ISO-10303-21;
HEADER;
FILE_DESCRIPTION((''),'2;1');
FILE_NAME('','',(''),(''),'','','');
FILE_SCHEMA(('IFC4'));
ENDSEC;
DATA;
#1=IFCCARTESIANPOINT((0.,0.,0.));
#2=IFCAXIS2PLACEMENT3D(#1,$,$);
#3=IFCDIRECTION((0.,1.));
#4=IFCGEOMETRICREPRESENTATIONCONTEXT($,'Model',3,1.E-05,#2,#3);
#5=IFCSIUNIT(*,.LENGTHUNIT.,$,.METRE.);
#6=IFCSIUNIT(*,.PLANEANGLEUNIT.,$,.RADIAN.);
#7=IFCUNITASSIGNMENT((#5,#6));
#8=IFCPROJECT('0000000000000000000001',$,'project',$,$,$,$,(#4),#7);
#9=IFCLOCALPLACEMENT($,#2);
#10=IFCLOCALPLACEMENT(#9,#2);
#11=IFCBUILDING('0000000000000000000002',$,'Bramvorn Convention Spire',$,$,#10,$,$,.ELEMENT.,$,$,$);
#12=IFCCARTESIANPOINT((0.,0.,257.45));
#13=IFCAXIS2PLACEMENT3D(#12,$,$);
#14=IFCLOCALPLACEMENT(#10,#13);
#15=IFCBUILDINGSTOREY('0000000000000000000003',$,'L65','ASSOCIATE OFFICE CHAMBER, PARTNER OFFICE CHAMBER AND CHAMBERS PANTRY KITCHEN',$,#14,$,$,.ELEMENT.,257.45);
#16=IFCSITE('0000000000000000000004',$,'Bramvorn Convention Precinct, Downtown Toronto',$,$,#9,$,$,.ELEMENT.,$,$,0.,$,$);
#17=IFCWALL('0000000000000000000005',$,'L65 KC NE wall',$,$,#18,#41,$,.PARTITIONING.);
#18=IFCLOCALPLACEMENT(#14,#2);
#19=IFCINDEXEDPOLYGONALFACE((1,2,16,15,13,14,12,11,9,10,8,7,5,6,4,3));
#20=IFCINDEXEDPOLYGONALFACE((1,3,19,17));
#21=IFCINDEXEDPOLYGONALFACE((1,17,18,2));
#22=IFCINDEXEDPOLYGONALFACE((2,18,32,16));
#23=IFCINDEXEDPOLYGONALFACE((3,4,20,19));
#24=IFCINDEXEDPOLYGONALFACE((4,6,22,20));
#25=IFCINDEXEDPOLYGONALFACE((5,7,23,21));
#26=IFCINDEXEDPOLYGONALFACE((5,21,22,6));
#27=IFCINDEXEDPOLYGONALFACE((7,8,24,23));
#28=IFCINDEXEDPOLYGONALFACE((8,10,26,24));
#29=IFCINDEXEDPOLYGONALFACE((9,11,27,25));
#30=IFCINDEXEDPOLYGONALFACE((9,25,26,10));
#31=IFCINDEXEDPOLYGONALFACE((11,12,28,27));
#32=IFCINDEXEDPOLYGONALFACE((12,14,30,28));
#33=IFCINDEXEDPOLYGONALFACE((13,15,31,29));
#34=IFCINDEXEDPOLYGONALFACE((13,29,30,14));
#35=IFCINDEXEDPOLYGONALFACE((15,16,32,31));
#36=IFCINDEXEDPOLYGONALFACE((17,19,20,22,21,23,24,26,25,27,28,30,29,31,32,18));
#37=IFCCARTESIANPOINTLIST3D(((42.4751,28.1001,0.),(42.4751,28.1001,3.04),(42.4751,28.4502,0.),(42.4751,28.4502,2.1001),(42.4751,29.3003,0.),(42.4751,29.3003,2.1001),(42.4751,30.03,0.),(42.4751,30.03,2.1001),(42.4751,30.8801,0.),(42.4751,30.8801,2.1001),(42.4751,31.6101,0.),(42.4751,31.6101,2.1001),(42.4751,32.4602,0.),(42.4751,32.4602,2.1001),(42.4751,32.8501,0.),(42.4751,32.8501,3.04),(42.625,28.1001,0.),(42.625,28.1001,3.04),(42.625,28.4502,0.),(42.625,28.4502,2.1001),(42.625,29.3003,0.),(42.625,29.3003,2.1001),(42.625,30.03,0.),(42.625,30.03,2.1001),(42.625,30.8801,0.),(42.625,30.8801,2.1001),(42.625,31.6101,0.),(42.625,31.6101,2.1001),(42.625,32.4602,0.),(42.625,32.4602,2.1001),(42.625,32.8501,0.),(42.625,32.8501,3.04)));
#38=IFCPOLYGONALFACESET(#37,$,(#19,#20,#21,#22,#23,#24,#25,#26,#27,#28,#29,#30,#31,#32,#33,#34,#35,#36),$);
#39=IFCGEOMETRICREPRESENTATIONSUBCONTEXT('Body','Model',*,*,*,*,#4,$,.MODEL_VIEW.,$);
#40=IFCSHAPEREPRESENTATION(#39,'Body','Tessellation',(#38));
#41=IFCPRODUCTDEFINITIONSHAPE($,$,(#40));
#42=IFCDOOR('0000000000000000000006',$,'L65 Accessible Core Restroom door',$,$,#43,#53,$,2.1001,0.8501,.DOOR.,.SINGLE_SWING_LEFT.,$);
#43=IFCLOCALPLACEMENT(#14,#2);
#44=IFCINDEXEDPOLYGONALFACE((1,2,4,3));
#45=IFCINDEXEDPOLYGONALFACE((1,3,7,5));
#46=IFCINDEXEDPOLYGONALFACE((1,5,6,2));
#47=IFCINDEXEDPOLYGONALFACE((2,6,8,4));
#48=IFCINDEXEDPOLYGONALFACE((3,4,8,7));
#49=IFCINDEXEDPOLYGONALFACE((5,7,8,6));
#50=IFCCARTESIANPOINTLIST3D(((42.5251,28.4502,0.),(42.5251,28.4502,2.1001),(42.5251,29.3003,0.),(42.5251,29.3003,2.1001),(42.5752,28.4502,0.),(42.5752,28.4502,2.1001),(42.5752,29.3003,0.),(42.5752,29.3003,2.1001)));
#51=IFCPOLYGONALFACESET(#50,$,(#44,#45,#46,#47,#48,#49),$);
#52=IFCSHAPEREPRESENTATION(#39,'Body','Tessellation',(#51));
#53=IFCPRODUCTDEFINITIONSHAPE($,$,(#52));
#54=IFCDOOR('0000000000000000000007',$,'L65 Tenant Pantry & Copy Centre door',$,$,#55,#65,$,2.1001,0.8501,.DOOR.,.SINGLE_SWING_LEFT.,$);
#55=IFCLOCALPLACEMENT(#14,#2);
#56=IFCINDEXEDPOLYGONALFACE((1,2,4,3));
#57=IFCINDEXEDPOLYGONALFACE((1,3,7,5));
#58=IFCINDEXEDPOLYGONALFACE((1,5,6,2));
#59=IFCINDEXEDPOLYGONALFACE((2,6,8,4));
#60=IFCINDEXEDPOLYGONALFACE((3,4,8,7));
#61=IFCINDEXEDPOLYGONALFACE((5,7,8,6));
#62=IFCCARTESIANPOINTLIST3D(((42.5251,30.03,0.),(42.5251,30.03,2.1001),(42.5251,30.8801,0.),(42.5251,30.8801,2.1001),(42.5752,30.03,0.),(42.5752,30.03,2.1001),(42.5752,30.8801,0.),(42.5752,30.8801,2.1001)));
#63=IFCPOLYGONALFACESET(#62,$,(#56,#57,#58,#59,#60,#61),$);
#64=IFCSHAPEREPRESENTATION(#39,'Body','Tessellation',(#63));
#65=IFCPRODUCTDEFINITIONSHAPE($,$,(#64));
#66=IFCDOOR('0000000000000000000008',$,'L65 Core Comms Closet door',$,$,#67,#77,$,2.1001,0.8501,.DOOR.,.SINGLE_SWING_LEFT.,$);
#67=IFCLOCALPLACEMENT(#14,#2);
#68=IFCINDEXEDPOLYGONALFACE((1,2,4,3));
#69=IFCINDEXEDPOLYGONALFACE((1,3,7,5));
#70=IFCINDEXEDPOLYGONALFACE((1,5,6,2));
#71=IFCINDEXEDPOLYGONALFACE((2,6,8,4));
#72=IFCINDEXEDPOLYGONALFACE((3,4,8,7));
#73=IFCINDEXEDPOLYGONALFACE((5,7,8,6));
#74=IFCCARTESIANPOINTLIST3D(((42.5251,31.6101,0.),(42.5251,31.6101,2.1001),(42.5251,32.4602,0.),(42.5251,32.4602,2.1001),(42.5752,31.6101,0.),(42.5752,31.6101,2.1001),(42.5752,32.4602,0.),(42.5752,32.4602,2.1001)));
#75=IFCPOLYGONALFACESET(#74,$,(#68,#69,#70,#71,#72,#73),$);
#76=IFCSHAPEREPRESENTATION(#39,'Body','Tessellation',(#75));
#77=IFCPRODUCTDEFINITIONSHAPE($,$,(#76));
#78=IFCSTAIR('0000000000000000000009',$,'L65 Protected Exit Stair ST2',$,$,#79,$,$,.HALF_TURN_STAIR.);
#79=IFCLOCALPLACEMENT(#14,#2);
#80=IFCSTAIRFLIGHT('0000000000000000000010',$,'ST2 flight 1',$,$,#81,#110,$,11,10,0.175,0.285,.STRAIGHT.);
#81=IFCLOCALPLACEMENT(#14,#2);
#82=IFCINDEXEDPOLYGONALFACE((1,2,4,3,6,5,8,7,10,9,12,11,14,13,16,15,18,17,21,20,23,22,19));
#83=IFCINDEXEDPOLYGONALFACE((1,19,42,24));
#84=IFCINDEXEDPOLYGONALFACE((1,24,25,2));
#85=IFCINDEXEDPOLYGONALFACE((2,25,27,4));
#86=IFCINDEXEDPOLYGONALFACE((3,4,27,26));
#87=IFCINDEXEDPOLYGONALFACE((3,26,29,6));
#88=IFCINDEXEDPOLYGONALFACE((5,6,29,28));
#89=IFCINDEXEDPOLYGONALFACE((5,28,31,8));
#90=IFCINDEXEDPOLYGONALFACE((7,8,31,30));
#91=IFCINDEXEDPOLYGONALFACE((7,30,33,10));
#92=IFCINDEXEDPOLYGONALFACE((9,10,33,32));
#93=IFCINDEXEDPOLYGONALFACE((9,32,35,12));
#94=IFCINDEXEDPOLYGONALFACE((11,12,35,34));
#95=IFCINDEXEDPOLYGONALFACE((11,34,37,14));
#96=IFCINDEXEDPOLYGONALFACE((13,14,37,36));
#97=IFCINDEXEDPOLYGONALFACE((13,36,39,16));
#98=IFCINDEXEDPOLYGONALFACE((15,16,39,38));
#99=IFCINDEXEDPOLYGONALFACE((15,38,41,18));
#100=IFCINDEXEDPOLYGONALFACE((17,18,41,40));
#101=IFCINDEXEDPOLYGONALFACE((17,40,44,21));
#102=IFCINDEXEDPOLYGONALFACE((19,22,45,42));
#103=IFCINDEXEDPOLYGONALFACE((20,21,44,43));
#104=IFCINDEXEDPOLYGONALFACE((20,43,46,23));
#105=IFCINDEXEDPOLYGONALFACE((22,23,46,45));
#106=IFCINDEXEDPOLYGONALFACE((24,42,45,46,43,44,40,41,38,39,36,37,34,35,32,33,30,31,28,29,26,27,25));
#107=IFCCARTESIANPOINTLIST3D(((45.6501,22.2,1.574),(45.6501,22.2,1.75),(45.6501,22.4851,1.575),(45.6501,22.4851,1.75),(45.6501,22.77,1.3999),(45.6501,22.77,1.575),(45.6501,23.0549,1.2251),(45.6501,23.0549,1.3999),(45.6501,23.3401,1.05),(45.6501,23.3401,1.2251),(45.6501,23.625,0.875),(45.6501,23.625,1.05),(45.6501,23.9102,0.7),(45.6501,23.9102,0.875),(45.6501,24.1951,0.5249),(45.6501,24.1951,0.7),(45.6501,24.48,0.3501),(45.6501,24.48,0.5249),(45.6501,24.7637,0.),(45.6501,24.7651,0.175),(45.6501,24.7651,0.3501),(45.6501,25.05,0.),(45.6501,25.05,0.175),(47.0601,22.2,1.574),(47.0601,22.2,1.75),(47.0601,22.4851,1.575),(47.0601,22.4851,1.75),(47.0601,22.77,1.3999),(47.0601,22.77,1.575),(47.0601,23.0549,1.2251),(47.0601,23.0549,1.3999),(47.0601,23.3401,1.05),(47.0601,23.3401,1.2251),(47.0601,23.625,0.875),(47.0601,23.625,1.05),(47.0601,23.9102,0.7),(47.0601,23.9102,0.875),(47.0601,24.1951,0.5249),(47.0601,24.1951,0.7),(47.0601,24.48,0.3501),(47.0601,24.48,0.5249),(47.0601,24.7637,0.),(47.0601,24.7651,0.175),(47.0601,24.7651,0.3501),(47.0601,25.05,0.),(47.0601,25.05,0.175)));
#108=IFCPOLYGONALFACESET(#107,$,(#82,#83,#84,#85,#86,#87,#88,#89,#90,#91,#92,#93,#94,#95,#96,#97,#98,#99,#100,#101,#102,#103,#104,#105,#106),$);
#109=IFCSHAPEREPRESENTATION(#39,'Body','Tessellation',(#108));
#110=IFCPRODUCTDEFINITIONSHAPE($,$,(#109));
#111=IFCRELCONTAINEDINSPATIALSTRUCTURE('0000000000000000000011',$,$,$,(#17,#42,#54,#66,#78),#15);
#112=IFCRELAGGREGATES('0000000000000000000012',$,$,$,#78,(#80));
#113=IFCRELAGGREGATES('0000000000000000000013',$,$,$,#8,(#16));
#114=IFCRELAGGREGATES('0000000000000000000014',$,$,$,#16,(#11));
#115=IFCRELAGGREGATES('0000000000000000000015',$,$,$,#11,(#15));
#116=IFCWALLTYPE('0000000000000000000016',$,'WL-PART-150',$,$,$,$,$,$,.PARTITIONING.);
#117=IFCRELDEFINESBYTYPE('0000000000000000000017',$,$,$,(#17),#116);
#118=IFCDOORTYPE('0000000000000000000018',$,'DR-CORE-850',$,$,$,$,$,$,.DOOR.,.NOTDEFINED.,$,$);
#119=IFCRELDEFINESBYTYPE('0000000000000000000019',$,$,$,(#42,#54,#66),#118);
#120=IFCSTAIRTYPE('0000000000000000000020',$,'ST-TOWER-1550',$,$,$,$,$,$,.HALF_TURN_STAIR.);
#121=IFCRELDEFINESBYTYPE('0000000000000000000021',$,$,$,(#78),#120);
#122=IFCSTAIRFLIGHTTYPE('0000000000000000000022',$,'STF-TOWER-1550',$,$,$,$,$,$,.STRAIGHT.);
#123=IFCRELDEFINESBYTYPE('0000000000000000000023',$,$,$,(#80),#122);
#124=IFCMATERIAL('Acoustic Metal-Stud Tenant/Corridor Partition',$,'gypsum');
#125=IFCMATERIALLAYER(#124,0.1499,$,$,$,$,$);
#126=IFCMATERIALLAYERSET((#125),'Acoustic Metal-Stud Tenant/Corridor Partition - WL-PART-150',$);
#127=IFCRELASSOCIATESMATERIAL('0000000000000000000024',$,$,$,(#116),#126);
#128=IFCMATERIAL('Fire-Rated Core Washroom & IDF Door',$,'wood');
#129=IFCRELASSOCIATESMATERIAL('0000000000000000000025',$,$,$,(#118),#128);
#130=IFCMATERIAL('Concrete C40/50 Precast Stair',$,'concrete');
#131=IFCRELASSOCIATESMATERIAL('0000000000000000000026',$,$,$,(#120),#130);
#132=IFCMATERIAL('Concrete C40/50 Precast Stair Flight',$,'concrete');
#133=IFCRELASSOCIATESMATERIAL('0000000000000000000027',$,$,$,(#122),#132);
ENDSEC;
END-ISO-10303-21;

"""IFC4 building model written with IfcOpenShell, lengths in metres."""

from ifc_helpers import new_model, si_unit, direction, frame, frame_2d, origin, place, context, subcontext, project, spatial, polyline, rectangle, outline, extrude, material, layer, layer_set, type_object, element, fill, aggregate, save


model = new_model("IFC4")

# Units and contexts
model_context = context("Model", 3, precision=1e-05, world=origin(), true_north=direction((0.0, 1.0)))
body_context = subcontext(model_context, "Body", "Model", "MODEL_VIEW")
ifc_project = project(units=[si_unit("LENGTHUNIT", "METRE"), si_unit("PLANEANGLEUNIT", "RADIAN")], contexts=[model_context])

# Site, building, storey
site_placement = place(None, origin())
site = spatial("IfcSite", under=ifc_project, at=site_placement, Name="Bramvorn Convention Precinct, Downtown Toronto", CompositionType="ELEMENT", RefElevation=0.0)
building_placement = place(site_placement, origin())
building = spatial("IfcBuilding", under=site, at=building_placement, Name="Bramvorn Convention Spire", CompositionType="ELEMENT")
storey_placement = place(building_placement, frame((0.0, 0.0, 257.45)))
storey = spatial("IfcBuildingStorey", under=building, at=storey_placement, Name="L65", Description="ASSOCIATE OFFICE CHAMBER, PARTNER OFFICE CHAMBER AND CHAMBERS PANTRY KITCHEN", CompositionType="ELEMENT", Elevation=257.45)

# Shared definitions
ifc_material_1 = material(Name="Acoustic Metal-Stud Tenant/Corridor Partition", Category="gypsum")
ifc_layer_1 = layer(ifc_material_1, 0.1499)
ifc_layer_set_1 = layer_set([ifc_layer_1], Name="Acoustic Metal-Stud Tenant/Corridor Partition - WL-PART-150")
wall_type_1 = type_object("IfcWallType", Name="WL-PART-150", PredefinedType="PARTITIONING", material=ifc_layer_set_1)

# Shared definitions
ifc_material_2 = material(Name="Fire-Rated Core Washroom & IDF Door", Category="wood")
door_type_1 = type_object("IfcDoorType", Name="DR-CORE-850", OperationType="NOTDEFINED", PredefinedType="DOOR", material=ifc_material_2)

# Wall, openings, doors
wall_1_placement = place(storey_placement, frame((42.55, 28.1001, 0.0), z_axis=(0.0, 0.0, 1.0), x_axis=(0.0, 1.0, 0.0)))
wall_1 = element("IfcWall", 1, at=wall_1_placement, inside=storey, type_object=wall_type_1, Name="L65 KC NE wall", PredefinedType="PARTITIONING", context=body_context, shape_type="SweptSolid", body=[
    extrude(rectangle(XDim=4.75, YDim=0.1499, at=frame_2d((2.375, 0.0))), origin(), (0.0, 0.0, 1.0), 3.04),
])
opening_1_placement = place(wall_1_placement, frame((0.3501, 0.0, 0.0)))
opening_1 = element("IfcOpeningElement", 2, at=opening_1_placement, cuts=wall_1, PredefinedType="OPENING", context=body_context, shape_type="SweptSolid", body=[
    extrude(rectangle(XDim=0.8501, YDim=2.1001, at=frame_2d((0.425, 1.05))), frame((0.0, 0.085, 0.0), z_axis=(0.0, -1.0, 0.0), x_axis=(1.0, 0.0, 0.0)), (0.0, 0.0, 1.0), 0.1699),
])
opening_2_placement = place(wall_1_placement, frame((1.9299, 0.0, 0.0)))
opening_2 = element("IfcOpeningElement", 3, at=opening_2_placement, cuts=wall_1, PredefinedType="OPENING", context=body_context, shape_type="SweptSolid", body=[
    extrude(rectangle(XDim=0.8501, YDim=2.1001, at=frame_2d((0.425, 1.05))), frame((0.0, 0.085, 0.0), z_axis=(0.0, -1.0, 0.0), x_axis=(1.0, 0.0, 0.0)), (0.0, 0.0, 1.0), 0.1699),
])
opening_3_placement = place(wall_1_placement, frame((3.51, 0.0, 0.0)))
opening_3 = element("IfcOpeningElement", 4, at=opening_3_placement, cuts=wall_1, PredefinedType="OPENING", context=body_context, shape_type="SweptSolid", body=[
    extrude(rectangle(XDim=0.8501, YDim=2.1001, at=frame_2d((0.425, 1.05))), frame((0.0, 0.085, 0.0), z_axis=(0.0, -1.0, 0.0), x_axis=(1.0, 0.0, 0.0)), (0.0, 0.0, 1.0), 0.1699),
])
door_1_placement = place(opening_1_placement, origin())
door_1 = element("IfcDoor", 5, at=door_1_placement, inside=storey, type_object=door_type_1, Name="L65 Accessible Core Restroom door", OperationType="SINGLE_SWING_LEFT", OverallHeight=2.1001, OverallWidth=0.8501, PredefinedType="DOOR", context=body_context, shape_type="SweptSolid", body=[
    extrude(rectangle(XDim=0.8501, YDim=2.1001, at=frame_2d((0.425, 1.05))), frame((0.0, 0.0249, 0.0), z_axis=(0.0, -1.0, 0.0), x_axis=(1.0, 0.0, 0.0)), (0.0, 0.0, 1.0), 0.05),
])
fill(opening_1, door_1)
door_2_placement = place(opening_2_placement, origin())
door_2 = element("IfcDoor", 6, at=door_2_placement, inside=storey, type_object=door_type_1, Name="L65 Tenant Pantry & Copy Centre door", OperationType="SINGLE_SWING_LEFT", OverallHeight=2.1001, OverallWidth=0.8501, PredefinedType="DOOR", context=body_context, shape_type="SweptSolid", body=[
    extrude(rectangle(XDim=0.8501, YDim=2.1001, at=frame_2d((0.425, 1.05))), frame((0.0, 0.0249, 0.0), z_axis=(0.0, -1.0, 0.0), x_axis=(1.0, 0.0, 0.0)), (0.0, 0.0, 1.0), 0.05),
])
fill(opening_2, door_2)
door_3_placement = place(opening_3_placement, origin())
door_3 = element("IfcDoor", 7, at=door_3_placement, inside=storey, type_object=door_type_1, Name="L65 Core Comms Closet door", OperationType="SINGLE_SWING_LEFT", OverallHeight=2.1001, OverallWidth=0.8501, PredefinedType="DOOR", context=body_context, shape_type="SweptSolid", body=[
    extrude(rectangle(XDim=0.8501, YDim=2.1001, at=frame_2d((0.425, 1.05))), frame((0.0, 0.0249, 0.0), z_axis=(0.0, -1.0, 0.0), x_axis=(1.0, 0.0, 0.0)), (0.0, 0.0, 1.0), 0.05),
])
fill(opening_3, door_3)

# Stair, stair flight
ifc_material_3 = material(Name="Concrete C40/50 Precast Stair", Category="concrete")
stair_type = type_object("IfcStairType", Name="ST-TOWER-1550", PredefinedType="HALF_TURN_STAIR", material=ifc_material_3)
stair_placement = place(storey_placement, origin())
stair = element("IfcStair", 8, at=stair_placement, inside=storey, type_object=stair_type, Name="L65 Protected Exit Stair ST2", PredefinedType="HALF_TURN_STAIR")
ifc_material_4 = material(Name="Concrete C40/50 Precast Stair Flight", Category="concrete")
stair_flight_type = type_object("IfcStairFlightType", Name="STF-TOWER-1550", PredefinedType="STRAIGHT", material=ifc_material_4)
stair_flight_placement = place(storey_placement, frame((46.355, 25.05, 0.0), z_axis=(0.0, 0.0, 1.0), x_axis=(0.0, -1.0, 0.0)))
stair_flight = element("IfcStairFlight", 9, at=stair_flight_placement, type_object=stair_flight_type, Name="ST2 flight 1", NumberOfRisers=11, NumberOfTreads=10, PredefinedType="STRAIGHT", RiserHeight=0.175, TreadLength=0.285, context=body_context, shape_type="SweptSolid", body=[
    extrude(outline(polyline([(0.0, 0.0), (0.0, 0.175), (0.2849, 0.175), (0.2849, 0.3501), (0.5701, 0.3501), (0.5701, 0.5249), (0.855, 0.5249), (0.855, 0.7), (1.1399, 0.7), (1.1399, 0.875), (1.425, 0.875), (1.425, 1.05), (1.71, 1.05), (1.71, 1.2251), (1.9951, 1.2251), (1.9951, 1.3999), (2.28, 1.3999), (2.28, 1.575), (2.5649, 1.575), (2.5649, 1.75), (2.8501, 1.75), (2.8501, 1.925), (2.8501, 1.574), (0.2864, 0.0), (0.0, 0.0)])), frame((0.0, 0.7051, 0.0), z_axis=(0.0, -1.0, 0.0), x_axis=(1.0, 0.0, 0.0)), (0.0, 0.0, 1.0), 1.4099),
])
aggregate(stair, [stair_flight])

save(model, "model.ifc")
